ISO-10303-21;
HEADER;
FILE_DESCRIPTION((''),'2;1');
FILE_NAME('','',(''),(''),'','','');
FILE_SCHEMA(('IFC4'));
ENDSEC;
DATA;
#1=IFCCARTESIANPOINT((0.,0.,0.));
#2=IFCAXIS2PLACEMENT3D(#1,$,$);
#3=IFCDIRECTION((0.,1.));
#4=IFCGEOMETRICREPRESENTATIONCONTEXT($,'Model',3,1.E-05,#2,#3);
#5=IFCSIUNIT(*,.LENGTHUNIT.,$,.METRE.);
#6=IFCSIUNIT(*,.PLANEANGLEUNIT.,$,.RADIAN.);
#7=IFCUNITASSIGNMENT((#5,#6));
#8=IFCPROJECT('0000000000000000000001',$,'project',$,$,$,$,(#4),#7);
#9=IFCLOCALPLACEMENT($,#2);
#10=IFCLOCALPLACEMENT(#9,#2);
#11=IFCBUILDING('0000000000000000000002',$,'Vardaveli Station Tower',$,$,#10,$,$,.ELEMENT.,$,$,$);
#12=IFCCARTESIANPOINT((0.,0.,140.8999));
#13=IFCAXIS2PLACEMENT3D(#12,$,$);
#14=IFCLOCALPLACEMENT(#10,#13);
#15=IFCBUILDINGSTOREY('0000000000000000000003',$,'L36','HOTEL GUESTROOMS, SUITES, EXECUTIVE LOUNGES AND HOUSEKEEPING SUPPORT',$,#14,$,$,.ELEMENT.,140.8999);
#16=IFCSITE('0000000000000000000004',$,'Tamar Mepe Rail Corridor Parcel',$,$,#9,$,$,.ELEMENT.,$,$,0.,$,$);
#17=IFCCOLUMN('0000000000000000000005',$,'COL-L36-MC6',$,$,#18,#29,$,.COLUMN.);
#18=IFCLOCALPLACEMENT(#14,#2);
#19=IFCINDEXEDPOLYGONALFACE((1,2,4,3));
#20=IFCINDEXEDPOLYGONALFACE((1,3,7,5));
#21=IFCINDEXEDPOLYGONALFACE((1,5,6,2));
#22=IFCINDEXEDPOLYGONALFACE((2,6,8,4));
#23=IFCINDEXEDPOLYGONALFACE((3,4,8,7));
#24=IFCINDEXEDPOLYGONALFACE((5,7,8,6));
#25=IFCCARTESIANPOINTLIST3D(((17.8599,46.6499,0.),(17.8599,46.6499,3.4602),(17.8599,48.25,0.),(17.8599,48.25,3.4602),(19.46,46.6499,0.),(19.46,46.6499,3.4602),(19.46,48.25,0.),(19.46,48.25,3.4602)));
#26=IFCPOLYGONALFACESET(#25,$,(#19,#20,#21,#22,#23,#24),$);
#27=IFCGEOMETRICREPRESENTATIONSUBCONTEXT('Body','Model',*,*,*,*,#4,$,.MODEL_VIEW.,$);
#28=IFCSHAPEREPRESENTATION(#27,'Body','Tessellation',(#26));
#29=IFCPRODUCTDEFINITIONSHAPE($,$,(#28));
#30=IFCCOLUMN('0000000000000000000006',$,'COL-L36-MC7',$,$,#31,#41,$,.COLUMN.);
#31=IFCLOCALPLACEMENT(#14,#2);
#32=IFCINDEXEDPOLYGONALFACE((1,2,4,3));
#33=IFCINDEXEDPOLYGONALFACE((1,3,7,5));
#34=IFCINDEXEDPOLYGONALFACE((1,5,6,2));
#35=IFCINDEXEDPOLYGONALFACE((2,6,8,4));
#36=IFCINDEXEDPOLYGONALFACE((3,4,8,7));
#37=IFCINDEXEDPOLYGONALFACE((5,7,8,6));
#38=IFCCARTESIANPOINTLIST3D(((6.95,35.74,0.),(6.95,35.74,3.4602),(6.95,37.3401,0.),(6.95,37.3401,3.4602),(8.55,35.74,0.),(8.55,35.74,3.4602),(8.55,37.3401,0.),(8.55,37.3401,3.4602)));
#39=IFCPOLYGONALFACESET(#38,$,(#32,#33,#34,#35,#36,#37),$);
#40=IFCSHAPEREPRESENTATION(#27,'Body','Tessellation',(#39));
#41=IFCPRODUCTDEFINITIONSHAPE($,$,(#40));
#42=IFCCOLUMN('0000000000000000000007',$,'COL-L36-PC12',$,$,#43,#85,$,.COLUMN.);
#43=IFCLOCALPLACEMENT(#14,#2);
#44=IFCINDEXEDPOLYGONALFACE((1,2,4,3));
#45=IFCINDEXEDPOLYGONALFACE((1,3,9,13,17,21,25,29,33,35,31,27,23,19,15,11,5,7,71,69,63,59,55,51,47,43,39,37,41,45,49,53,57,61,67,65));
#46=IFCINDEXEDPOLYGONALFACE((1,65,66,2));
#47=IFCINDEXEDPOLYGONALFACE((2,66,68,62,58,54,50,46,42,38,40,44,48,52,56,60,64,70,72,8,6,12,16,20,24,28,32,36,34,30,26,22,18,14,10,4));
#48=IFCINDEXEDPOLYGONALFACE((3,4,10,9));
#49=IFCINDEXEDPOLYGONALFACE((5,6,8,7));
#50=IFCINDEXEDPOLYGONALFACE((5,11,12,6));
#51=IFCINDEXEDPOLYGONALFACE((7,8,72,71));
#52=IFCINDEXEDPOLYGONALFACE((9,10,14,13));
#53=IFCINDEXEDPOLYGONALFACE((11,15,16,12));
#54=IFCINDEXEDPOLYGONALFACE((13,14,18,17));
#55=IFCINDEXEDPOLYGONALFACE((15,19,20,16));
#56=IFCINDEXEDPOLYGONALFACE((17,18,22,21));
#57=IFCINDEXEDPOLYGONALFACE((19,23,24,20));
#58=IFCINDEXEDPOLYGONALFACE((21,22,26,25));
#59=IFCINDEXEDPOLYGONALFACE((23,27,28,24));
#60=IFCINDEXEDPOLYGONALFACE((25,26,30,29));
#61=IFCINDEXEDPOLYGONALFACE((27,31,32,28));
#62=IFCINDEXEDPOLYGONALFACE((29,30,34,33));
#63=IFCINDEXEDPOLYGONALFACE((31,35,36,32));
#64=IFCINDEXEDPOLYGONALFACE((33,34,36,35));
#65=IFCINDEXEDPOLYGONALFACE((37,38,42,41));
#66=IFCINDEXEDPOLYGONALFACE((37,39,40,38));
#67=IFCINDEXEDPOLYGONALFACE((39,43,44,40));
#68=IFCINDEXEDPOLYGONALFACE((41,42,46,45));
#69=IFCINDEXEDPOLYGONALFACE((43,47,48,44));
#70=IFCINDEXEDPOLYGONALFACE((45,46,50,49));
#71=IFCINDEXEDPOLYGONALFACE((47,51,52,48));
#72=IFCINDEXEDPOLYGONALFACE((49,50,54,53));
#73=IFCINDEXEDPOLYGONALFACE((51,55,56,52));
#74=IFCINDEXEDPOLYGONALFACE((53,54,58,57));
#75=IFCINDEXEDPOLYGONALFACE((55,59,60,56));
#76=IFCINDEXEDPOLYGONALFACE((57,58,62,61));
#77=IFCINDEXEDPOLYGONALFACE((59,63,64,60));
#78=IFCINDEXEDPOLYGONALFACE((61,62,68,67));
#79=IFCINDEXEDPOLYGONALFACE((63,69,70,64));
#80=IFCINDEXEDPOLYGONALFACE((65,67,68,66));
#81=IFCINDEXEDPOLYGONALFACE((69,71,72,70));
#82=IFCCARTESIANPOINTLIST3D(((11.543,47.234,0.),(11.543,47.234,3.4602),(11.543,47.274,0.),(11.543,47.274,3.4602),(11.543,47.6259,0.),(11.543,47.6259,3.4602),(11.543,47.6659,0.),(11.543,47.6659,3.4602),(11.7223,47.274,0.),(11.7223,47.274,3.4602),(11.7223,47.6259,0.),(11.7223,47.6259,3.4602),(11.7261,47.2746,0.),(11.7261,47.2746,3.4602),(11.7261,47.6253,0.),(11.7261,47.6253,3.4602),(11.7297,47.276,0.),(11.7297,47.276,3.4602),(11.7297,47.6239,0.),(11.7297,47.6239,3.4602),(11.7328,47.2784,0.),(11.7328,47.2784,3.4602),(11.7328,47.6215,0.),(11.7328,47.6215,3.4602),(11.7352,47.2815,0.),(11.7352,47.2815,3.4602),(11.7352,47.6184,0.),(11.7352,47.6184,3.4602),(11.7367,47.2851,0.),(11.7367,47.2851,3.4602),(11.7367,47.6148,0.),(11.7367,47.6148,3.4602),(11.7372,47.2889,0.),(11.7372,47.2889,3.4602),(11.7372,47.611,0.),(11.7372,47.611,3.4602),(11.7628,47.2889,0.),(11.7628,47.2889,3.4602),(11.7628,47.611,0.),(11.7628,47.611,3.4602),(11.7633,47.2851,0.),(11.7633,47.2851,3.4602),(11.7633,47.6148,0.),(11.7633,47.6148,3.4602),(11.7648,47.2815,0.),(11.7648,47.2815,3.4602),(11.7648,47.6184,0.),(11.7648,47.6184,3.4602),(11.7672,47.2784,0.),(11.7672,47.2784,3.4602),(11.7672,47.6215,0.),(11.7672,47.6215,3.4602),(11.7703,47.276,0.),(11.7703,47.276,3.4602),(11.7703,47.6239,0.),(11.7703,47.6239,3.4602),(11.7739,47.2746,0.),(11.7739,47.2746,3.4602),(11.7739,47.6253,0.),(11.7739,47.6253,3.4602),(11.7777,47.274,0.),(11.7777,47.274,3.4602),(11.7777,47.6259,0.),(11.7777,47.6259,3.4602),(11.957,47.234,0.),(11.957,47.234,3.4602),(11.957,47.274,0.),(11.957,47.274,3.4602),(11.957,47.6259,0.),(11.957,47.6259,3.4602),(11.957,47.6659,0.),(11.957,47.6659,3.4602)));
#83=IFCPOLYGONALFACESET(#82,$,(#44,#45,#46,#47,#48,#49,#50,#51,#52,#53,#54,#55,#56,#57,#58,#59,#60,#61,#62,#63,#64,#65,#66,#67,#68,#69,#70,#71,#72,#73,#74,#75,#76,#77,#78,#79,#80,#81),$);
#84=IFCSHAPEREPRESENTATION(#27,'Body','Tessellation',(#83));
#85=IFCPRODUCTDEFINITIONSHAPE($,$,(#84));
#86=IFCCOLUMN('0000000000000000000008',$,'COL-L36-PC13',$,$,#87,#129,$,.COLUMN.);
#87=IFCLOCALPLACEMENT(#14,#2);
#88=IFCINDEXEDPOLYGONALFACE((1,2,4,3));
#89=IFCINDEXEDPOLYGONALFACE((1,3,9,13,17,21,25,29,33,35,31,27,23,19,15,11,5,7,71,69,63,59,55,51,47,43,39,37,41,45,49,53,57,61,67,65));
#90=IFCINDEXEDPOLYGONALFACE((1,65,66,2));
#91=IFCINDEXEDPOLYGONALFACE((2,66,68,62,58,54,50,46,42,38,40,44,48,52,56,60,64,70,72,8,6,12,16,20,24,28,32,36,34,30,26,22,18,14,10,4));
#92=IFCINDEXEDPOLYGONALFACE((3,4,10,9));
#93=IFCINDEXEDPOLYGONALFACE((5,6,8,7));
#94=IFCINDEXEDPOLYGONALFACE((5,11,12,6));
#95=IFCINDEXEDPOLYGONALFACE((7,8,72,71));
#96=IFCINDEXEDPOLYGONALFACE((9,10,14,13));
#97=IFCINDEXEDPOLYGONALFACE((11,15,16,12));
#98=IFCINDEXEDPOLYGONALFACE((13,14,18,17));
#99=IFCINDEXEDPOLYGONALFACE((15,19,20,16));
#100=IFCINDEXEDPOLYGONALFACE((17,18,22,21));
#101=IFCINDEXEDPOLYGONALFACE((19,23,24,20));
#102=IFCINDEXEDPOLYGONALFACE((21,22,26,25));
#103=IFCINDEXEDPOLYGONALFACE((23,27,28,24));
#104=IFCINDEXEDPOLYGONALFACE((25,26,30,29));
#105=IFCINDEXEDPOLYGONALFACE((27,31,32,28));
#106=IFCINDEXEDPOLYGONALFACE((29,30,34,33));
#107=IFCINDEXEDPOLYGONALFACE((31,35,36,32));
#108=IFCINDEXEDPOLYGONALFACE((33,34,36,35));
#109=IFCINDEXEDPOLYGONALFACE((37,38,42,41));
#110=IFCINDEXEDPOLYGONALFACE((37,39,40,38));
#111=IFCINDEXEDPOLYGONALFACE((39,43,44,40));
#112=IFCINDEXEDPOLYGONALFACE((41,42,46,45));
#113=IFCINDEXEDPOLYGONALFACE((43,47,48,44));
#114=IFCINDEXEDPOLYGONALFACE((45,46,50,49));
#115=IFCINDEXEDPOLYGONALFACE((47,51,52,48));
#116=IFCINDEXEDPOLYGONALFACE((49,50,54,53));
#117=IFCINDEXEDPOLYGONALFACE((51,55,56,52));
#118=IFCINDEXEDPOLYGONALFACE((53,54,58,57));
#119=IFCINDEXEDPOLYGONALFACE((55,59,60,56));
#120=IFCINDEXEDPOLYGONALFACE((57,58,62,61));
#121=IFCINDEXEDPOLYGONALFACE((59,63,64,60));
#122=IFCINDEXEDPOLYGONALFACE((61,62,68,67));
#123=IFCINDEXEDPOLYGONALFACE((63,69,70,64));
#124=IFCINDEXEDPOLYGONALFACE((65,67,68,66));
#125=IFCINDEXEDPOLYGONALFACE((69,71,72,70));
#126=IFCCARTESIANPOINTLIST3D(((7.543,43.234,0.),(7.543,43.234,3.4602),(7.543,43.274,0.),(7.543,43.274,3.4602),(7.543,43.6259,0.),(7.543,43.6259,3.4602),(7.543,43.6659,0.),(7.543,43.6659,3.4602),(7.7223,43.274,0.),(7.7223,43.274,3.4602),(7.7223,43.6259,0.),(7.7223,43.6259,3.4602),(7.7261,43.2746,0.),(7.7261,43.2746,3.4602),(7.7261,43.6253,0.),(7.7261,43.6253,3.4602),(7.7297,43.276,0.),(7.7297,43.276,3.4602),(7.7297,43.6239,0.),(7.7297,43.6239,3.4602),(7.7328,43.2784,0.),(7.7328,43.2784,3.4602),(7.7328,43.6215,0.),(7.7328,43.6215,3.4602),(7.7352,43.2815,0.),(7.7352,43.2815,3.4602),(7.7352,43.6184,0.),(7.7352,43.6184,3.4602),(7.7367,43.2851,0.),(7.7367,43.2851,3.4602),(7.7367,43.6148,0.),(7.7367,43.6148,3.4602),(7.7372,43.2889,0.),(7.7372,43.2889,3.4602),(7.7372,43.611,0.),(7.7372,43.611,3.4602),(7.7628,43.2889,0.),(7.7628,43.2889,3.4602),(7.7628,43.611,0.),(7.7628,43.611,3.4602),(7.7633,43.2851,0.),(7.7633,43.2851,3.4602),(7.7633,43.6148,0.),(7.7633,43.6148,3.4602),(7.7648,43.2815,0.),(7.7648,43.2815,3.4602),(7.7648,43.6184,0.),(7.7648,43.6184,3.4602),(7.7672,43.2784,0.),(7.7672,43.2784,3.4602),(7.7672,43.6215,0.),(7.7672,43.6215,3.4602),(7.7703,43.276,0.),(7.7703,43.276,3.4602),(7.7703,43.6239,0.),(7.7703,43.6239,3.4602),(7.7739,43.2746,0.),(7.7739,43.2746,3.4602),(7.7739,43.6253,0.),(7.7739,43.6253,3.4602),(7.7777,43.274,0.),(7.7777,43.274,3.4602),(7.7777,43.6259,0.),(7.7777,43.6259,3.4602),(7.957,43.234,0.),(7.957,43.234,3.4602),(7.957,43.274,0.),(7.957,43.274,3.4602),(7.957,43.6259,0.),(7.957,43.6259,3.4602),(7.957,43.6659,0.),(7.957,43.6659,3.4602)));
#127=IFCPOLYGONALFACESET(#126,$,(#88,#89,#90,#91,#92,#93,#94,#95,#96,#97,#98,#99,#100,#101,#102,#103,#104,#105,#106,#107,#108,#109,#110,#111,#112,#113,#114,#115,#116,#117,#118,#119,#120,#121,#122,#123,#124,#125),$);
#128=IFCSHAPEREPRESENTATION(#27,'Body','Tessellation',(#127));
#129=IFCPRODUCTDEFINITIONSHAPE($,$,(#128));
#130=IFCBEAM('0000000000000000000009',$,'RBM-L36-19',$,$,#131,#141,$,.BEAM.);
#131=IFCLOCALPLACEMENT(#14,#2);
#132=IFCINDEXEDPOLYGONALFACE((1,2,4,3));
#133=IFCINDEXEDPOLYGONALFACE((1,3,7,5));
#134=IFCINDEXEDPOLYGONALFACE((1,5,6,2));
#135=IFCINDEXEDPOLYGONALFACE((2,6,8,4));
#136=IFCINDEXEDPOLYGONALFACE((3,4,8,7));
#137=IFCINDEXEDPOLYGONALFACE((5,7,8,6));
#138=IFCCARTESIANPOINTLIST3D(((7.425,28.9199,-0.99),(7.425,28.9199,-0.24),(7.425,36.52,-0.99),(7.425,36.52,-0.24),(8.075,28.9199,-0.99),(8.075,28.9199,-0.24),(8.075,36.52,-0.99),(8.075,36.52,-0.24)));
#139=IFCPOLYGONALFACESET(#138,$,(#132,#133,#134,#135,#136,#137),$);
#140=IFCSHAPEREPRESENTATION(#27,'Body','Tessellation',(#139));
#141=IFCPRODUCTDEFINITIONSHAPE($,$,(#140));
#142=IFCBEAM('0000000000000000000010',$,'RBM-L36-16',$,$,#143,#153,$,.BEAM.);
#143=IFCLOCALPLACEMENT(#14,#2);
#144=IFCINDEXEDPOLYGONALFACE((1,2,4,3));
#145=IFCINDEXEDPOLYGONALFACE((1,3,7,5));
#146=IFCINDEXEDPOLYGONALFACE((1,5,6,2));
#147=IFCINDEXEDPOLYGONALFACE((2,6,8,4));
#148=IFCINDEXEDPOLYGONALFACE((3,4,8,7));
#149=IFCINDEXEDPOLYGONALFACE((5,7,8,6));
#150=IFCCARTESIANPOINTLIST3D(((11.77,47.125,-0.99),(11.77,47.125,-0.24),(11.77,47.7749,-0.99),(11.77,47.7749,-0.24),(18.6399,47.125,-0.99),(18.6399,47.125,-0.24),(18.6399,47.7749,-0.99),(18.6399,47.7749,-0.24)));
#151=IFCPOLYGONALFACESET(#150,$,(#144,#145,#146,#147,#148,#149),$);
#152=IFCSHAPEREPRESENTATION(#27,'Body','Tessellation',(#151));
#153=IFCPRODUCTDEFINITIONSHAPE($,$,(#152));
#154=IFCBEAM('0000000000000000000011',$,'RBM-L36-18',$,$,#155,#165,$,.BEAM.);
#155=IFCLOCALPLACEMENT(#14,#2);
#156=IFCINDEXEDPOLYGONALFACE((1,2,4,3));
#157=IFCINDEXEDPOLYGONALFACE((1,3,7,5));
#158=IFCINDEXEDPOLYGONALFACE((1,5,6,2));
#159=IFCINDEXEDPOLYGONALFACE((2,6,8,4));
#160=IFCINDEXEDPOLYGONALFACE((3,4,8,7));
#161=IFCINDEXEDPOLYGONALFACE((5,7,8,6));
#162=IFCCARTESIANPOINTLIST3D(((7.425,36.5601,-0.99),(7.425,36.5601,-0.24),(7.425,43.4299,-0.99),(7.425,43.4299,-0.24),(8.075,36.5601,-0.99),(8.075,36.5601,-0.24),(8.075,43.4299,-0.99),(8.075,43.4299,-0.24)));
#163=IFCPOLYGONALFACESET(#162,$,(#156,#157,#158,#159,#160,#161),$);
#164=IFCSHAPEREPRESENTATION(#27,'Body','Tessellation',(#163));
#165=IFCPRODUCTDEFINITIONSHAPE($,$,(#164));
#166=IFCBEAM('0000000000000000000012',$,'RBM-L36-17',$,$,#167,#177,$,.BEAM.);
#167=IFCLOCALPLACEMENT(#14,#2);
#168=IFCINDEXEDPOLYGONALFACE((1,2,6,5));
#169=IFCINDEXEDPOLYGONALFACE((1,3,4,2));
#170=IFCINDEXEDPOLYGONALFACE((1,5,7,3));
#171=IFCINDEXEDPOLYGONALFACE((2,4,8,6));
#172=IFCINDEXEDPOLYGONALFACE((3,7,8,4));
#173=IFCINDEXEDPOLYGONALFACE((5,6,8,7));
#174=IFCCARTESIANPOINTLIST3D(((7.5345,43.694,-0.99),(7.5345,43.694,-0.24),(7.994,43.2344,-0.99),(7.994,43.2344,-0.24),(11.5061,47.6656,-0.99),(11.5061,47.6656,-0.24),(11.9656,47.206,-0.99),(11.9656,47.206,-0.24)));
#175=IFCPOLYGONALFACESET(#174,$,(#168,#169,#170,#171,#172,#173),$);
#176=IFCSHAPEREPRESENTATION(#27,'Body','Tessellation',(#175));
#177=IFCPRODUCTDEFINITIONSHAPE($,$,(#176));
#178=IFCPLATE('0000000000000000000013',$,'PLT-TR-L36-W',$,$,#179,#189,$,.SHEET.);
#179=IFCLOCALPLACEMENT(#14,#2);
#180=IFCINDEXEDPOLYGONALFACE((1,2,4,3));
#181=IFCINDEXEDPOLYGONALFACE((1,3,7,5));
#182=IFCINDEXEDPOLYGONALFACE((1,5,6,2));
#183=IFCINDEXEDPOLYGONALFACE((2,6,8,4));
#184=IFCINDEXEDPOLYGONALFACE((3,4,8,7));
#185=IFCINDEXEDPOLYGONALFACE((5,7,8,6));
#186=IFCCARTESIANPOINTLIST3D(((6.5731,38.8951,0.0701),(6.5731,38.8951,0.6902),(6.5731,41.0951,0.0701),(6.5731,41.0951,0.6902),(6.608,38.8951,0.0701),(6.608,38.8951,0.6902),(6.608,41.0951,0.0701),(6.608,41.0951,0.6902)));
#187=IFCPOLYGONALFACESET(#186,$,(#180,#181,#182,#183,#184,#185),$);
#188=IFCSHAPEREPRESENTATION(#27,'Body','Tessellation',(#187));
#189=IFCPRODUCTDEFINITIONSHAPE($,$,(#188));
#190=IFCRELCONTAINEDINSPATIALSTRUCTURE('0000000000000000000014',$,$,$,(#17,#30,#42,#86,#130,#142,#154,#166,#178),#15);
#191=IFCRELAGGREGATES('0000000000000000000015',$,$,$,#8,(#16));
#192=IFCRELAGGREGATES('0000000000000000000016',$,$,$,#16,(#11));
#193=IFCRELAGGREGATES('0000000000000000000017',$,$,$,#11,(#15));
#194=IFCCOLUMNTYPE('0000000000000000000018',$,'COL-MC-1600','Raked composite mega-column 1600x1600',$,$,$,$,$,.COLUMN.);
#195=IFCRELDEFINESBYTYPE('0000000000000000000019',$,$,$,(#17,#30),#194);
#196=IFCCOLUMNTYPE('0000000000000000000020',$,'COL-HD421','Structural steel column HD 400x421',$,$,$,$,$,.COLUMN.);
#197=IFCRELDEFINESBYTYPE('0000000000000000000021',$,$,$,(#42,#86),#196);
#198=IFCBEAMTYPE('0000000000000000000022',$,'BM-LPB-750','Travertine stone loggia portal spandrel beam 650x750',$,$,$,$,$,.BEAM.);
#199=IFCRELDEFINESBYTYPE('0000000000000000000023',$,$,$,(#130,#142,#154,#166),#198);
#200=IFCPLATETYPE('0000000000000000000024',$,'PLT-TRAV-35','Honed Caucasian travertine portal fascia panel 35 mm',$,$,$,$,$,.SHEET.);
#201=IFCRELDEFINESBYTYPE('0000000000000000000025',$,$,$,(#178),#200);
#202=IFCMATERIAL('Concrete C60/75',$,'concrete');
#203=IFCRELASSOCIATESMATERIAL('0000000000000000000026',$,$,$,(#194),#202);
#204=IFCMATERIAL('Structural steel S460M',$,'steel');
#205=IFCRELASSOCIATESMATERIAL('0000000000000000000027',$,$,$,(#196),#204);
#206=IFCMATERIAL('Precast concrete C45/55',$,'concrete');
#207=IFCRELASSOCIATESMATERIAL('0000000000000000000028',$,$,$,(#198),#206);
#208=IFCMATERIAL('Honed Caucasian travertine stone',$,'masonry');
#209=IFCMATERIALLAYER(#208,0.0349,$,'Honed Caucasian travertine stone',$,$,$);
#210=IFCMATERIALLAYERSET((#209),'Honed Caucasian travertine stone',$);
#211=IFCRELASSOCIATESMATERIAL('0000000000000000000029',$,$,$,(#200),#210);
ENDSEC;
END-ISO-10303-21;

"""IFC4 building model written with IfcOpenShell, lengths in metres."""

from ifc_helpers import new_model, si_unit, direction, frame, origin, origin_2d, place, context, subcontext, project, spatial, rectangle, i_section, extrude, source, transform, mapped, material, layer, layer_set, material_profile, profile_set, type_object, element, save


model = new_model("IFC4")

# Units and contexts
model_context = context("Model", 3, precision=1e-05, world=origin(), true_north=direction((0.0, 1.0)))
body_context = subcontext(model_context, "Body", "Model", "MODEL_VIEW")
ifc_project = project(units=[si_unit("LENGTHUNIT", "METRE"), si_unit("PLANEANGLEUNIT", "RADIAN")], contexts=[model_context])

# Site, building, storey
site_placement = place(None, origin())
site = spatial("IfcSite", under=ifc_project, at=site_placement, Name="Tamar Mepe Rail Corridor Parcel", CompositionType="ELEMENT", RefElevation=0.0)
building_placement = place(site_placement, origin())
building = spatial("IfcBuilding", under=site, at=building_placement, Name="Vardaveli Station Tower", CompositionType="ELEMENT")
storey_placement = place(building_placement, frame((0.0, 0.0, 140.8999)))
storey = spatial("IfcBuildingStorey", under=building, at=storey_placement, Name="L36", Description="HOTEL GUESTROOMS, SUITES, EXECUTIVE LOUNGES AND HOUSEKEEPING SUPPORT", CompositionType="ELEMENT", Elevation=140.8999)

# Columns
ifc_material_1 = material(Name="Concrete C60/75", Category="concrete")
ifc_material_profile_1 = material_profile(ifc_material_1, rectangle(XDim=1.6001, YDim=1.6001, at=origin_2d()), Name="MC 1600x1600")
ifc_profile_set_1 = profile_set([ifc_material_profile_1], Name="Concrete C60/75")
column_type_1 = type_object("IfcColumnType", Name="COL-MC-1600", Description="Raked composite mega-column 1600x1600", PredefinedType="COLUMN", material=ifc_profile_set_1)
shared_shape_1 = source(origin(), body_context, "Body", "SweptSolid", [
    extrude(rectangle(XDim=1.6001, YDim=1.6001, at=origin_2d()), origin(), (0.0, 0.0, 1.0), 3.4602),
])
for number, where, z_axis, x_axis, name in (
    (1, (18.6599, 47.45, 0.0), (0.0, 0.0, 1.0), (1.0, 0.0, 0.0), "COL-L36-MC6"),
    (2, (7.75, 36.54, 0.0), (0.0, 0.0, 1.0), (1.0, 0.0, 0.0), "COL-L36-MC7"),
):
    element("IfcColumn", number, at=place(storey_placement, frame(where, z_axis=z_axis, x_axis=x_axis)), inside=storey, type_object=column_type_1, Name=name, PredefinedType="COLUMN", context=body_context, shape_type="MappedRepresentation", body=[
        mapped(shared_shape_1, transform((0.0, 0.0, 0.0), scale=1.0)),
    ])
ifc_material_2 = material(Name="Structural steel S460M", Category="steel")
ifc_material_profile_2 = material_profile(ifc_material_2, i_section(OverallWidth=0.4141, OverallDepth=0.4319, WebThickness=0.0256, FlangeThickness=0.04, FilletRadius=0.0149, at=origin_2d()), Name="HD 400x421")
ifc_profile_set_2 = profile_set([ifc_material_profile_2], Name="Structural steel S460M")
column_type_2 = type_object("IfcColumnType", Name="COL-HD421", Description="Structural steel column HD 400x421", PredefinedType="COLUMN", material=ifc_profile_set_2)
shared_shape_2 = source(origin(), body_context, "Body", "SweptSolid", [
    extrude(i_section(OverallWidth=0.4141, OverallDepth=0.4319, WebThickness=0.0256, FlangeThickness=0.04, FilletRadius=0.0149, at=origin_2d()), origin(), (0.0, 0.0, 1.0), 3.4602),
])
for number, where, z_axis, x_axis, name in (
    (3, (11.75, 47.45, 0.0), (0.0, 0.0, 1.0), (1.0, 0.0, 0.0), "COL-L36-PC12"),
    (4, (7.75, 43.45, 0.0), (0.0, 0.0, 1.0), (1.0, 0.0, 0.0), "COL-L36-PC13"),
):
    element("IfcColumn", number, at=place(storey_placement, frame(where, z_axis=z_axis, x_axis=x_axis)), inside=storey, type_object=column_type_2, Name=name, PredefinedType="COLUMN", context=body_context, shape_type="MappedRepresentation", body=[
        mapped(shared_shape_2, transform((0.0, 0.0, 0.0), scale=1.0)),
    ])

# Beams
ifc_material_3 = material(Name="Precast concrete C45/55", Category="concrete")
ifc_material_profile_3 = material_profile(ifc_material_3, rectangle(XDim=0.6499, YDim=0.75, at=origin_2d()), Name="LPB 650x750")
ifc_profile_set_3 = profile_set([ifc_material_profile_3], Name="Precast concrete C45/55")
beam_type = type_object("IfcBeamType", Name="BM-LPB-750", Description="Travertine stone loggia portal spandrel beam 650x750", PredefinedType="BEAM", material=ifc_profile_set_3)
shared_shape_3 = source(origin(), body_context, "Body", "SweptSolid", [
    extrude(rectangle(XDim=0.6499, YDim=0.75, at=origin_2d()), origin(), (0.0, 0.0, 1.0), 7.6001),
])
beam_1_placement = place(storey_placement, frame((7.75, 36.52, -0.615), z_axis=(0.0, -1.0, 0.0), x_axis=(1.0, 0.0, 0.0)))
element("IfcBeam", 5, at=beam_1_placement, inside=storey, type_object=beam_type, Name="RBM-L36-19", PredefinedType="BEAM", context=body_context, shape_type="MappedRepresentation", body=[
    mapped(shared_shape_3, transform((0.0, 0.0, 0.0), scale=1.0)),
])
shared_shape_4 = source(origin(), body_context, "Body", "SweptSolid", [
    extrude(rectangle(XDim=0.6499, YDim=0.75, at=origin_2d()), origin(), (0.0, 0.0, 1.0), 6.8699),
])
for number, where, z_axis, x_axis, name in (
    (6, (18.6399, 47.45, -0.615), (-1.0, 0.0, 0.0), (0.0, -1.0, 0.0), "RBM-L36-16"),
    (7, (7.75, 43.4299, -0.615), (0.0, -1.0, 0.0), (1.0, 0.0, 0.0), "RBM-L36-18"),
):
    element("IfcBeam", number, at=place(storey_placement, frame(where, z_axis=z_axis, x_axis=x_axis)), inside=storey, type_object=beam_type, Name=name, PredefinedType="BEAM", context=body_context, shape_type="MappedRepresentation", body=[
        mapped(shared_shape_4, transform((0.0, 0.0, 0.0), scale=1.0)),
    ])
shared_shape_5 = source(origin(), body_context, "Body", "SweptSolid", [
    extrude(rectangle(XDim=0.6499, YDim=0.75, at=origin_2d()), origin(), (0.0, 0.0, 1.0), 5.6167),
])
beam_2_placement = place(storey_placement, frame((11.7358, 47.4358, -0.615), z_axis=(-0.707107, -0.707107, 0.0), x_axis=(0.707107, -0.707107, 0.0)))
element("IfcBeam", 8, at=beam_2_placement, inside=storey, type_object=beam_type, Name="RBM-L36-17", PredefinedType="BEAM", context=body_context, shape_type="MappedRepresentation", body=[
    mapped(shared_shape_5, transform((0.0, 0.0, 0.0), scale=1.0)),
])

# Plate
ifc_material_4 = material(Name="Honed Caucasian travertine stone", Category="masonry")
ifc_layer_1 = layer(ifc_material_4, 0.0349, Name="Honed Caucasian travertine stone")
ifc_layer_set_1 = layer_set([ifc_layer_1], Name="Honed Caucasian travertine stone")
plate_type = type_object("IfcPlateType", Name="PLT-TRAV-35", Description="Honed Caucasian travertine portal fascia panel 35 mm", PredefinedType="SHEET", material=ifc_layer_set_1)
shared_shape_6 = source(origin(), body_context, "Body", "SweptSolid", [
    extrude(rectangle(XDim=2.2, YDim=0.0349, at=origin_2d()), origin(), (0.0, 0.0, 1.0), 0.6201),
])
plate_placement = place(storey_placement, frame((6.5906, 39.9951, 0.0701), z_axis=(0.0, 0.0, 1.0), x_axis=(0.0, 1.0, 0.0)))
element("IfcPlate", 9, at=plate_placement, inside=storey, type_object=plate_type, Name="PLT-TR-L36-W", PredefinedType="SHEET", context=body_context, shape_type="MappedRepresentation", body=[
    mapped(shared_shape_6, transform((0.0, 0.0, 0.0), scale=1.0)),
])

save(model, "model.ifc")
